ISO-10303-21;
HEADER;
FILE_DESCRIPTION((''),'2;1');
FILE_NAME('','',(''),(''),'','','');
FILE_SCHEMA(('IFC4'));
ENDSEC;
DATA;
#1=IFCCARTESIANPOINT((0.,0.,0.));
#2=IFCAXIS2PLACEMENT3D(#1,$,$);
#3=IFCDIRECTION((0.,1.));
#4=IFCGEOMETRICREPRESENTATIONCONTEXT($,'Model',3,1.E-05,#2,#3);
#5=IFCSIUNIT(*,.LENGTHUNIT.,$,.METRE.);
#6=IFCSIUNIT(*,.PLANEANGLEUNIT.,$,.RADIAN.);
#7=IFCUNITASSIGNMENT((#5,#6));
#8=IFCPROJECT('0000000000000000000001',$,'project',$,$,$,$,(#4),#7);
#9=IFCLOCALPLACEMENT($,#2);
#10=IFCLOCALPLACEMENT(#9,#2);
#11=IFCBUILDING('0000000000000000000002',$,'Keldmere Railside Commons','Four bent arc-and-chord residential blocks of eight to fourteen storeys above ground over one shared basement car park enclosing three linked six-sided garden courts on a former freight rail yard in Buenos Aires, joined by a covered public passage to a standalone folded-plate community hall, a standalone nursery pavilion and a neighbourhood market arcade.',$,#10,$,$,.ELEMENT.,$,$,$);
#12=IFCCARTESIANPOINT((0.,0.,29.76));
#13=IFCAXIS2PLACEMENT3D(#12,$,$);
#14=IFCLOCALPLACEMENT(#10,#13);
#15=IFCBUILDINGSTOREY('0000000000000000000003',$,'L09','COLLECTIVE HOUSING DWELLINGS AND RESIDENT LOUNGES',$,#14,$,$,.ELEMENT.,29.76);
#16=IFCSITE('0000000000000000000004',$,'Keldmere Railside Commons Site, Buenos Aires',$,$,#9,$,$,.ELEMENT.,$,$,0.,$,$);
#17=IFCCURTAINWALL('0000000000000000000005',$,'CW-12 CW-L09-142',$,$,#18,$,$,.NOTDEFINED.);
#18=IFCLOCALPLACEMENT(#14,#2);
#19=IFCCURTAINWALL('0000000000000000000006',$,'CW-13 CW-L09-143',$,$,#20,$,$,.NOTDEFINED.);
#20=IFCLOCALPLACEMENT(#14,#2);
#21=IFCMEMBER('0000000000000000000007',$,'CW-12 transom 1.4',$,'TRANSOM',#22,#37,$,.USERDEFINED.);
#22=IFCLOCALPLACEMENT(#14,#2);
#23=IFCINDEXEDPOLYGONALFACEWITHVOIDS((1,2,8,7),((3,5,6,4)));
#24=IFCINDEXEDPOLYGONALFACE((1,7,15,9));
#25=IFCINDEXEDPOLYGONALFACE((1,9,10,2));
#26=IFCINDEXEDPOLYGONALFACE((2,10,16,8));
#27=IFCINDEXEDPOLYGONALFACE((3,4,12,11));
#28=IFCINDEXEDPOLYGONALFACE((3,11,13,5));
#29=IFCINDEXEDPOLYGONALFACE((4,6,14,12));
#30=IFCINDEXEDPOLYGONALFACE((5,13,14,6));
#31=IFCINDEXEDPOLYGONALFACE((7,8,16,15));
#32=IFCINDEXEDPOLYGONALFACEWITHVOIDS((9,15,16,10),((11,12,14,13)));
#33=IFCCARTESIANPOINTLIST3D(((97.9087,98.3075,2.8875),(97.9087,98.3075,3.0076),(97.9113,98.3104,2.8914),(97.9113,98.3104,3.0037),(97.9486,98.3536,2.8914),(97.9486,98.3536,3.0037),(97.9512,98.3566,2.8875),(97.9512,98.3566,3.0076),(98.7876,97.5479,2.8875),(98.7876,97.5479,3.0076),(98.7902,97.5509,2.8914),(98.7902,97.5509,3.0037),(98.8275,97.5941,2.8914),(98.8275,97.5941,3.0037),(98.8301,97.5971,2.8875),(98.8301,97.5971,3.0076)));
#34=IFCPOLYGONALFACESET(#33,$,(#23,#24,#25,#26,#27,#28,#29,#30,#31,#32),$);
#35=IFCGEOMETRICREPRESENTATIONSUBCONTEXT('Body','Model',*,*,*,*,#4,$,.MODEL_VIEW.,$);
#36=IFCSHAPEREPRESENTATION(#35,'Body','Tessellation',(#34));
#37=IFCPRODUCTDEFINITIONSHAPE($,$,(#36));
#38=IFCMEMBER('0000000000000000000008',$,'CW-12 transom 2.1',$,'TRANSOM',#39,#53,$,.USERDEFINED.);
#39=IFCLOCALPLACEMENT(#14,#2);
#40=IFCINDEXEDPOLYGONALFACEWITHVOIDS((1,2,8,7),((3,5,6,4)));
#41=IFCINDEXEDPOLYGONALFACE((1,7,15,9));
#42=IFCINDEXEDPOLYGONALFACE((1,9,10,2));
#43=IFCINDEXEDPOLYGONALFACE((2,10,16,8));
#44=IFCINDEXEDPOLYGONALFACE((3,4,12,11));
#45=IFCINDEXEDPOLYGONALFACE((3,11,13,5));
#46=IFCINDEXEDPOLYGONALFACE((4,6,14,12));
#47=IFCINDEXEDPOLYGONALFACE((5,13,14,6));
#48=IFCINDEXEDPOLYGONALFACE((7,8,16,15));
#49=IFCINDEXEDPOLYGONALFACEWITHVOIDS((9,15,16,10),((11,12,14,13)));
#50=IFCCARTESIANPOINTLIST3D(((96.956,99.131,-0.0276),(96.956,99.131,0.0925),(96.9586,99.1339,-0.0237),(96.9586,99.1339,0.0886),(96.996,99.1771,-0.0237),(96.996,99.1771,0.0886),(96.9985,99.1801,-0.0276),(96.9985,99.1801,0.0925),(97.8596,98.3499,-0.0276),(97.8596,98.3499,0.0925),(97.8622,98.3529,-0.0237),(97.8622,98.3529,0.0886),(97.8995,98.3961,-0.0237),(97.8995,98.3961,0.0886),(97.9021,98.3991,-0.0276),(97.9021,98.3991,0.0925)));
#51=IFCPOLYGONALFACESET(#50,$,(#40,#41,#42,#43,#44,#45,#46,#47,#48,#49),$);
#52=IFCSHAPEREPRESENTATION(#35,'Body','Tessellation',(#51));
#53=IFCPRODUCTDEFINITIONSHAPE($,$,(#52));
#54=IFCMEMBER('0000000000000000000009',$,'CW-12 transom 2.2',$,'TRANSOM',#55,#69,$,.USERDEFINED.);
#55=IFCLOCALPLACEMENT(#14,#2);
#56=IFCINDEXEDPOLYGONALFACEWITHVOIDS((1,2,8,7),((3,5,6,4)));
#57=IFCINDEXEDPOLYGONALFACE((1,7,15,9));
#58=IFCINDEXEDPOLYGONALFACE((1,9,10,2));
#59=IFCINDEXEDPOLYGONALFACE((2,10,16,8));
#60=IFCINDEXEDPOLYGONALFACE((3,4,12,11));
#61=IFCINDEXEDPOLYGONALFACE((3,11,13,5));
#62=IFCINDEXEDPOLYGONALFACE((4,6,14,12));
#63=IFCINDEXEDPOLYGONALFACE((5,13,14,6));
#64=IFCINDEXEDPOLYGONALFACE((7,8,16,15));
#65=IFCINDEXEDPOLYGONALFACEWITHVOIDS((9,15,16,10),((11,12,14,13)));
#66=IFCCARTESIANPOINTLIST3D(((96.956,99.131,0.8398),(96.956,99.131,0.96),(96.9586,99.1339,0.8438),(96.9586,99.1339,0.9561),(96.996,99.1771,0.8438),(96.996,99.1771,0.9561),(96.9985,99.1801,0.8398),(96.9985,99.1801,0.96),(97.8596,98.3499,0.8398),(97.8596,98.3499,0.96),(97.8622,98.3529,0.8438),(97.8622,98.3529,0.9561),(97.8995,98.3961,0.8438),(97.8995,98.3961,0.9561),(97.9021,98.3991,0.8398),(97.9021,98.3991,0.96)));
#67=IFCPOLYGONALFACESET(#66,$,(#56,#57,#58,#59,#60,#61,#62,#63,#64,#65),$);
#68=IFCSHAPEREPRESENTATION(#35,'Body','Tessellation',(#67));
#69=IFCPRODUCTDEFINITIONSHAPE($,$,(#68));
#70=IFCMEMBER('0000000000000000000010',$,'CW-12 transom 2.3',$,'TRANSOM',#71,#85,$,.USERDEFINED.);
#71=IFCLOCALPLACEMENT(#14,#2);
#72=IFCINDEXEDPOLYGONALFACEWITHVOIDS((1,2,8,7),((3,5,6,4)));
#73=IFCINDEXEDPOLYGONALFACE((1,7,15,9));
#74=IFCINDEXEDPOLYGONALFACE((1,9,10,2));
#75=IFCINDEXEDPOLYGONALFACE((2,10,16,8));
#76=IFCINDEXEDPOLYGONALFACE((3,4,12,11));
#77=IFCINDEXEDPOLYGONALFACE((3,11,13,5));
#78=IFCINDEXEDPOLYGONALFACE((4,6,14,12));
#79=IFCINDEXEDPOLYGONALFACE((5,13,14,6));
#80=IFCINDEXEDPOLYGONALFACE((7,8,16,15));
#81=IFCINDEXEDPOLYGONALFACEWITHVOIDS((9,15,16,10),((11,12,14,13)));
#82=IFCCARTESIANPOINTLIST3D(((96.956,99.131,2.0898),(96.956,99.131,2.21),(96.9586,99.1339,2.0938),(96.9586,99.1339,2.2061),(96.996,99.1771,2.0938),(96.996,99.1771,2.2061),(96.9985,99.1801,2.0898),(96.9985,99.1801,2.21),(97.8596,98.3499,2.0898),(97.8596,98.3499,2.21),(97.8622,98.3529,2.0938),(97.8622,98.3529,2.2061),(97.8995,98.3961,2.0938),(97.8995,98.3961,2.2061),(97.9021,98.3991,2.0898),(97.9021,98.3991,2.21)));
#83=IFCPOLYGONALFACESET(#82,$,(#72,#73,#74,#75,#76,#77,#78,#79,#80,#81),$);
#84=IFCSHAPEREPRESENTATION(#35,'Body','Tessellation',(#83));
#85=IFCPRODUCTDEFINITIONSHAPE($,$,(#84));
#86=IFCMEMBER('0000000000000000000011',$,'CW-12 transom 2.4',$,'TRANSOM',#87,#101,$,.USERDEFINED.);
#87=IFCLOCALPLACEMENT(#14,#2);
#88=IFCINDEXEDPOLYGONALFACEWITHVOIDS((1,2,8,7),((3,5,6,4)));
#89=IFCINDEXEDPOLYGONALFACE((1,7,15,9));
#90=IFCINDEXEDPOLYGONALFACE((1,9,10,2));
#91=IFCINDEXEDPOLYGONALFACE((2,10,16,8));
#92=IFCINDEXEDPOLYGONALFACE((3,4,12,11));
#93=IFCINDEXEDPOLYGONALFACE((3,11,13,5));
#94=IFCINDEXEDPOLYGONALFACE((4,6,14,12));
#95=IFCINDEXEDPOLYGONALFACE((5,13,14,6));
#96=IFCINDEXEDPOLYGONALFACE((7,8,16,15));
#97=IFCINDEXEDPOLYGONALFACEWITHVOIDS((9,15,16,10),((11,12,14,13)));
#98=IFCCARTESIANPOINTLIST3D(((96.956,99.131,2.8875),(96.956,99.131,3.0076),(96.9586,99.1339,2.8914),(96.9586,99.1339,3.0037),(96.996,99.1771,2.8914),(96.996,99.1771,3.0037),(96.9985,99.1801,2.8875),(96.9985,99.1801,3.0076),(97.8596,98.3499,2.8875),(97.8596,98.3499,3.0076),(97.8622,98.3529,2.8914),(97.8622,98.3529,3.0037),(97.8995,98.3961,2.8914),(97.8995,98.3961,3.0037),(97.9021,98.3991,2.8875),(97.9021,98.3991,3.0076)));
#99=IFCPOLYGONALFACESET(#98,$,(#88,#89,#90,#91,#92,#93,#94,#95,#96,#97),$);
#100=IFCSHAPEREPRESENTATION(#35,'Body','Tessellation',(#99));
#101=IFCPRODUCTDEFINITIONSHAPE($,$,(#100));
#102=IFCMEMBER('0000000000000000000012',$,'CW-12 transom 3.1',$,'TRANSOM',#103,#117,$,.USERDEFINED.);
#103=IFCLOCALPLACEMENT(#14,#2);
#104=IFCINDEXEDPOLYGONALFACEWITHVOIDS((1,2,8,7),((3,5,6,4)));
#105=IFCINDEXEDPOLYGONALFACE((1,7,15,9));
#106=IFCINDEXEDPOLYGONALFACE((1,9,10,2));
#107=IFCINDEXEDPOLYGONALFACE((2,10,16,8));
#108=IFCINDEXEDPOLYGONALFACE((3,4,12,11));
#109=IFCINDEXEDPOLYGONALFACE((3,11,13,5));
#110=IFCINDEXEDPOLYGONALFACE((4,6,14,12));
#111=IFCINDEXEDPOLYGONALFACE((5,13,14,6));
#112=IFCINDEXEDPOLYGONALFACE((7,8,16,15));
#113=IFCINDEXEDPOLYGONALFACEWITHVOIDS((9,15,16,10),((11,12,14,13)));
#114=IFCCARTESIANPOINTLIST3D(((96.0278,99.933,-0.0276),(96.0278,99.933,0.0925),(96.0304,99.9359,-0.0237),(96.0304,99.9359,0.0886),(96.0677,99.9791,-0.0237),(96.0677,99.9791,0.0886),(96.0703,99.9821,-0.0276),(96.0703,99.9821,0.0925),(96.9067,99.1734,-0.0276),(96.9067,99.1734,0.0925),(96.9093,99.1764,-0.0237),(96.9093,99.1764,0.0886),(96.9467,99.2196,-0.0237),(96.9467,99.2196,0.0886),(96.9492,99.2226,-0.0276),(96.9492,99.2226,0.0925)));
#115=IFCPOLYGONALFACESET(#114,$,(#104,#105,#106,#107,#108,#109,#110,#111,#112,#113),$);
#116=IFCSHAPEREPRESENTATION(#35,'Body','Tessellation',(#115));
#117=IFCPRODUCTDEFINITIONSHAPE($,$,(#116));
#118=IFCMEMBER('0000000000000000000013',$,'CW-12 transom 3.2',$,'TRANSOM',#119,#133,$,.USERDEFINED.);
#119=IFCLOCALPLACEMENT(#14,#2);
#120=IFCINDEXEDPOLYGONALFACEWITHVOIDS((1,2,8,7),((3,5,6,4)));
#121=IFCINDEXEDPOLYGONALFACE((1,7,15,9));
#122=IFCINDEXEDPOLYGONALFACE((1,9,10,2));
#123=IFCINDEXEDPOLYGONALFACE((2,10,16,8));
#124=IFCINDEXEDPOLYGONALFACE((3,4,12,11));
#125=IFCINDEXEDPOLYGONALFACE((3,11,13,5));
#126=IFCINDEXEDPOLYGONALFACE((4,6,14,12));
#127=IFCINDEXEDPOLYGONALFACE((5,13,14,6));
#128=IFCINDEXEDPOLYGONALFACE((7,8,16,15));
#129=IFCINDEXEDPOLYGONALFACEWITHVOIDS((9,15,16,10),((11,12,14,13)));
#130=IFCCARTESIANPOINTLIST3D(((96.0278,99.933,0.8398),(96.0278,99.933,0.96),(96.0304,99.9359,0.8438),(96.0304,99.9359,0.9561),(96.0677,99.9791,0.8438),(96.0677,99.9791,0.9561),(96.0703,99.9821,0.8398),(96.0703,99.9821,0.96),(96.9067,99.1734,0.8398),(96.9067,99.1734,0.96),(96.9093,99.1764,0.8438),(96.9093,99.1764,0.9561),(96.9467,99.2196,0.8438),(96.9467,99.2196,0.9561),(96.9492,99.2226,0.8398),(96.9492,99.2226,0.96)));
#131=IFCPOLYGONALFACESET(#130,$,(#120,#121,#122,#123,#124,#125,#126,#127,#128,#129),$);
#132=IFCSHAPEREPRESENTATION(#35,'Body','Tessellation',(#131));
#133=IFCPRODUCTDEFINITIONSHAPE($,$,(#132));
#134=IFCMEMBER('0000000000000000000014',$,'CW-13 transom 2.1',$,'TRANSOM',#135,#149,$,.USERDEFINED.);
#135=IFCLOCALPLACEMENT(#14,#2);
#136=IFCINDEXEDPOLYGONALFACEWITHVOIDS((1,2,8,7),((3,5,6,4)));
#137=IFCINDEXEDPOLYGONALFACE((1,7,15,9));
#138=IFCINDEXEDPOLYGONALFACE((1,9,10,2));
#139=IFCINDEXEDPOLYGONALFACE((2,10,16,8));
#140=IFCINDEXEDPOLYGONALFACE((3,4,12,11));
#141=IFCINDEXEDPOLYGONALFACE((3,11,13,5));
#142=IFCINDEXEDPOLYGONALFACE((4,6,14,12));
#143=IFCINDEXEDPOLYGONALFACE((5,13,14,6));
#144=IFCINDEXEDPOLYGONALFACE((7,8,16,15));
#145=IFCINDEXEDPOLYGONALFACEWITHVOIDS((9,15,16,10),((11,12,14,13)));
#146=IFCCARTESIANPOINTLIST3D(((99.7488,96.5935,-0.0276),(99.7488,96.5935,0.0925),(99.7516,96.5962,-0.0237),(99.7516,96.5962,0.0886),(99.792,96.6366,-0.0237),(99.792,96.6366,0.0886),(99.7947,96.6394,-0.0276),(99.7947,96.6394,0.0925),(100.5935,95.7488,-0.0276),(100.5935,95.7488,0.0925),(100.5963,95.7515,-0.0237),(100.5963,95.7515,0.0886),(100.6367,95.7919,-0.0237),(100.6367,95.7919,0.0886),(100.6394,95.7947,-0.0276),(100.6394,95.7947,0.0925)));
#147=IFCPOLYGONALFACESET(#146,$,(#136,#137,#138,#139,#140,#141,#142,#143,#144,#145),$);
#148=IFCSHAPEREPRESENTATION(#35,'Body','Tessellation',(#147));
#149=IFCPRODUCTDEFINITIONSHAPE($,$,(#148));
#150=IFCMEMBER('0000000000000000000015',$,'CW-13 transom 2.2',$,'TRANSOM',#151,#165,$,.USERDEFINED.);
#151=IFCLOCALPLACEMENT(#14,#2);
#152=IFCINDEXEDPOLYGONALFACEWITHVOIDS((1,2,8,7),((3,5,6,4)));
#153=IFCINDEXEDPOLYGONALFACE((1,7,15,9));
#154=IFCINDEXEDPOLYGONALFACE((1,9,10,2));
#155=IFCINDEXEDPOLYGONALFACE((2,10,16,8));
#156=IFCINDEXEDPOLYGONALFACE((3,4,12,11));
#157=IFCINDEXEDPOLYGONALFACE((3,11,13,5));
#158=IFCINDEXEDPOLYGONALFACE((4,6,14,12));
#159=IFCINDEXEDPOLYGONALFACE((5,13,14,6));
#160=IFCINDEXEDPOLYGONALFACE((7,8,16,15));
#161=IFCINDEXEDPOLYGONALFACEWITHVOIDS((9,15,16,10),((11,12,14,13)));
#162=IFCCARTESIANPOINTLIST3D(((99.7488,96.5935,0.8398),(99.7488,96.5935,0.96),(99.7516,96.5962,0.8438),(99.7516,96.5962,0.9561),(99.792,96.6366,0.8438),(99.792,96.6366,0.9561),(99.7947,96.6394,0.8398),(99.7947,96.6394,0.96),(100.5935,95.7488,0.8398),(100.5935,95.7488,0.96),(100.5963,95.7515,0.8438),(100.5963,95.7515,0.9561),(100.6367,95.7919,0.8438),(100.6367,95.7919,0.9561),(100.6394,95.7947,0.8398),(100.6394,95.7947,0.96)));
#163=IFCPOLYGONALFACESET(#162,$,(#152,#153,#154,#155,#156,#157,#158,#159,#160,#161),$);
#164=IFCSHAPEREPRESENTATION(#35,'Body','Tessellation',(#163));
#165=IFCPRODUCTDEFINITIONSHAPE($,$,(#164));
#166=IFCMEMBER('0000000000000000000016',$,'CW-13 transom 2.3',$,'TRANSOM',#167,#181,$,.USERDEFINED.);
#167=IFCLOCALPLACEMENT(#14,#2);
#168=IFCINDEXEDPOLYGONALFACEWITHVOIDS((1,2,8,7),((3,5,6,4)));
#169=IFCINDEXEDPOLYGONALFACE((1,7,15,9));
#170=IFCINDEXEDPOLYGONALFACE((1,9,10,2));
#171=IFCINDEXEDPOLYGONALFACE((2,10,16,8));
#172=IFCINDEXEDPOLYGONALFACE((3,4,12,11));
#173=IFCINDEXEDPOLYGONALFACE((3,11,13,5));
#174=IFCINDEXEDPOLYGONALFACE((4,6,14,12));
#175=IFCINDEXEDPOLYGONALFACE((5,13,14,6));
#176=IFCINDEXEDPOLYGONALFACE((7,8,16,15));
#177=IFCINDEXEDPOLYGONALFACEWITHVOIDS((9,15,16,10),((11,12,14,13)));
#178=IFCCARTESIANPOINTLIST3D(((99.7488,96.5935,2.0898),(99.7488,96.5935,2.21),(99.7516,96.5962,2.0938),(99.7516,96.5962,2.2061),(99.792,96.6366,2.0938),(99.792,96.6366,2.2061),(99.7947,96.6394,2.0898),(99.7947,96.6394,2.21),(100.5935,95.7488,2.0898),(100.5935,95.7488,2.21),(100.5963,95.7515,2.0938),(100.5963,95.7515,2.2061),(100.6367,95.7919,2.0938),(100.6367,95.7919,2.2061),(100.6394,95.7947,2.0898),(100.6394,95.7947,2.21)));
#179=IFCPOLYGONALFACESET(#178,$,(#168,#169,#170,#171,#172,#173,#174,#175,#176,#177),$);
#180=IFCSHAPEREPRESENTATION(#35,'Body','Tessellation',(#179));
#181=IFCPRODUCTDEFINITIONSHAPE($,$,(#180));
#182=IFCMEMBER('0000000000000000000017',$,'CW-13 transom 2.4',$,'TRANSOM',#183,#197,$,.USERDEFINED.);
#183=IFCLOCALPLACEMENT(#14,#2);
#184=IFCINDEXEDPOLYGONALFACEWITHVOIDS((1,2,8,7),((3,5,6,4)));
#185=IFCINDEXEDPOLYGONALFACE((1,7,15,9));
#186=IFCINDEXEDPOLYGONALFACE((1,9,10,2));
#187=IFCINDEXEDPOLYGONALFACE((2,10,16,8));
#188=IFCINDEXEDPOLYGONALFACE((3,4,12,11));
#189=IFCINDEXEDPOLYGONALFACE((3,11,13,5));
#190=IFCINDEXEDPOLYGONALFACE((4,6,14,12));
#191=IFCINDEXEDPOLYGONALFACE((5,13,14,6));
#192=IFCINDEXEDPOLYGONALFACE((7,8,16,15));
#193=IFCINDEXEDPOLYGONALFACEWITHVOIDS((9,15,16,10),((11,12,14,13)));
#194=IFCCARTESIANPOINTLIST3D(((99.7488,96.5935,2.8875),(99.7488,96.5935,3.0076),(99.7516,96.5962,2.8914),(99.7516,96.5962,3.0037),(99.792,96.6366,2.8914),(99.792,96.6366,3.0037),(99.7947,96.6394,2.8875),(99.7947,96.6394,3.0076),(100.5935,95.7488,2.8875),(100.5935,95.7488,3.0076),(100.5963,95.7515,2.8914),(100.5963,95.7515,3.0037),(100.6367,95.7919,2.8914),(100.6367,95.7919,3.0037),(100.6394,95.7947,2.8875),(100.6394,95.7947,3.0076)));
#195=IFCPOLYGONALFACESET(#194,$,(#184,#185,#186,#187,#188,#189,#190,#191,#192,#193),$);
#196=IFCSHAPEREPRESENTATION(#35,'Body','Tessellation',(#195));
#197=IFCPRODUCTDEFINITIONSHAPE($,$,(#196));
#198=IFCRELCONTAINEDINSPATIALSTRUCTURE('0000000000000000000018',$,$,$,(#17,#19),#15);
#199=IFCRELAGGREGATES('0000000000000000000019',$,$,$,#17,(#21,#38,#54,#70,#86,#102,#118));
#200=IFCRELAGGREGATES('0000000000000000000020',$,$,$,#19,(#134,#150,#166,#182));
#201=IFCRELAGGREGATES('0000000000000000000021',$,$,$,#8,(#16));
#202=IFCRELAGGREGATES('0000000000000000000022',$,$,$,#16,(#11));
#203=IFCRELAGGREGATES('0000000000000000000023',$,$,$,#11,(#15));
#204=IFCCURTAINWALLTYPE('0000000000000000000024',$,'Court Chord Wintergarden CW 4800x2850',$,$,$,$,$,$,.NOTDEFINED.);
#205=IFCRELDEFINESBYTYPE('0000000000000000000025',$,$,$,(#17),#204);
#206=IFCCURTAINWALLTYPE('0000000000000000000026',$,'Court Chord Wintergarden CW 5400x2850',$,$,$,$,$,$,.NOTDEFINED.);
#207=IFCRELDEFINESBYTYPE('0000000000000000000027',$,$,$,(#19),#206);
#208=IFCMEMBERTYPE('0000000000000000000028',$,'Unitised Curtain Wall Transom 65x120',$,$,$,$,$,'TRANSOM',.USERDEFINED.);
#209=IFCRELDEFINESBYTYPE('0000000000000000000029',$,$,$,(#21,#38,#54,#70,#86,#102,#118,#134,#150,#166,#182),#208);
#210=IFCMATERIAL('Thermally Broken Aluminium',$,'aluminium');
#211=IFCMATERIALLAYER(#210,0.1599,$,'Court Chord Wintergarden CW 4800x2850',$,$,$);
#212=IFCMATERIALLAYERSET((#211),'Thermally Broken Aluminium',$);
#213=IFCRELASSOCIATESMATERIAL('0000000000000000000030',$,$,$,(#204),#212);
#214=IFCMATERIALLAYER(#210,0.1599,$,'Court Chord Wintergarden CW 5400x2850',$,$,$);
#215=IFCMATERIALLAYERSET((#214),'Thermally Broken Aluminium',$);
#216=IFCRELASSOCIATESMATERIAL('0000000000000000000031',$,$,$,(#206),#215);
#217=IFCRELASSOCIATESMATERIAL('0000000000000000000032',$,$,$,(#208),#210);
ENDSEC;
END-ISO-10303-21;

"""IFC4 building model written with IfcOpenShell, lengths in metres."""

from ifc_helpers import new_model, si_unit, direction, frame, origin, origin_2d, place, context, subcontext, project, spatial, hollow_rectangle, extrude, material, layer, layer_set, material_profile, profile_set, type_object, element, aggregate, save


model = new_model("IFC4")

# Units and contexts
model_context = context("Model", 3, precision=1e-05, world=origin(), true_north=direction((0.0, 1.0)))
body_context = subcontext(model_context, "Body", "Model", "MODEL_VIEW")
ifc_project = project(units=[si_unit("LENGTHUNIT", "METRE"), si_unit("PLANEANGLEUNIT", "RADIAN")], contexts=[model_context])

# Site, building, storey
site_placement = place(None, origin())
site = spatial("IfcSite", under=ifc_project, at=site_placement, Name="Keldmere Railside Commons Site, Buenos Aires", CompositionType="ELEMENT", RefElevation=0.0)
building_placement = place(site_placement, origin())
building = spatial("IfcBuilding", under=site, at=building_placement, Name="Keldmere Railside Commons", Description="Four bent arc-and-chord residential blocks of eight to fourteen storeys above ground over one shared basement car park enclosing three linked six-sided garden courts on a former freight rail yard in Buenos Aires, joined by a covered public passage to a standalone folded-plate community hall, a standalone nursery pavilion and a neighbourhood market arcade.", CompositionType="ELEMENT")
storey_placement = place(building_placement, frame((0.0, 0.0, 29.76)))
storey = spatial("IfcBuildingStorey", under=building, at=storey_placement, Name="L09", Description="COLLECTIVE HOUSING DWELLINGS AND RESIDENT LOUNGES", CompositionType="ELEMENT", Elevation=29.76)

# Curtain walls
ifc_material_1 = material(Name="Thermally Broken Aluminium", Category="aluminium")
ifc_layer_1 = layer(ifc_material_1, 0.1599, Name="Court Chord Wintergarden CW 4800x2850")
ifc_layer_set_1 = layer_set([ifc_layer_1], Name="Thermally Broken Aluminium")
curtain_wall_type_1 = type_object("IfcCurtainWallType", Name="Court Chord Wintergarden CW 4800x2850", PredefinedType="NOTDEFINED", material=ifc_layer_set_1)
curtain_wall_1_placement = place(storey_placement, origin())
curtain_wall_1 = element("IfcCurtainWall", 1, at=curtain_wall_1_placement, inside=storey, type_object=curtain_wall_type_1, Name="CW-12 CW-L09-142", PredefinedType="NOTDEFINED")
ifc_layer_2 = layer(ifc_material_1, 0.1599, Name="Court Chord Wintergarden CW 5400x2850")
ifc_layer_set_2 = layer_set([ifc_layer_2], Name="Thermally Broken Aluminium")
curtain_wall_type_2 = type_object("IfcCurtainWallType", Name="Court Chord Wintergarden CW 5400x2850", PredefinedType="NOTDEFINED", material=ifc_layer_set_2)
curtain_wall_2_placement = place(storey_placement, origin())
curtain_wall_2 = element("IfcCurtainWall", 2, at=curtain_wall_2_placement, inside=storey, type_object=curtain_wall_type_2, Name="CW-13 CW-L09-143", PredefinedType="NOTDEFINED")

# Members
ifc_material_profile_1 = material_profile(ifc_material_1, hollow_rectangle(XDim=0.0649, YDim=0.1201, WallThickness=0.0039, at=origin_2d()), Name="ALU-TRAN-65x120")
ifc_profile_set_1 = profile_set([ifc_material_profile_1], Name="Thermally Broken Aluminium")
member_type_1 = type_object("IfcMemberType", Name="Unitised Curtain Wall Transom 65x120", ElementType="TRANSOM", PredefinedType="USERDEFINED", material=ifc_profile_set_1)
member_1_placement = place(storey_placement, frame((98.8088, 97.5725, 2.9475), z_axis=(-0.756624, 0.65385, 0.0), x_axis=(-0.65385, -0.756624, 0.0)))
member_1 = element("IfcMember", 3, at=member_1_placement, type_object=member_type_1, Name="CW-12 transom 1.4", ObjectType="TRANSOM", PredefinedType="USERDEFINED", context=body_context, shape_type="SweptSolid", body=[
    extrude(hollow_rectangle(XDim=0.0649, YDim=0.1201, WallThickness=0.0039, at=origin_2d()), origin(), (0.0, 0.0, 1.0), 1.1616),
])
member_2_placement = place(storey_placement, frame((97.8809, 98.3745, 0.0325), z_axis=(-0.756552, 0.653934, 0.0), x_axis=(-0.653934, -0.756552, 0.0)))
member_2 = element("IfcMember", 4, at=member_2_placement, type_object=member_type_1, Name="CW-12 transom 2.1", ObjectType="TRANSOM", PredefinedType="USERDEFINED", context=body_context, shape_type="SweptSolid", body=[
    extrude(hollow_rectangle(XDim=0.0649, YDim=0.1201, WallThickness=0.0039, at=origin_2d()), origin(), (0.0, 0.0, 1.0), 1.1943),
])
member_3_placement = place(storey_placement, frame((97.8809, 98.3745, 0.8999), z_axis=(-0.756552, 0.653934, 0.0), x_axis=(-0.653934, -0.756552, 0.0)))
member_3 = element("IfcMember", 5, at=member_3_placement, type_object=member_type_1, Name="CW-12 transom 2.2", ObjectType="TRANSOM", PredefinedType="USERDEFINED", context=body_context, shape_type="SweptSolid", body=[
    extrude(hollow_rectangle(XDim=0.0649, YDim=0.1201, WallThickness=0.0039, at=origin_2d()), origin(), (0.0, 0.0, 1.0), 1.1943),
])
member_4_placement = place(storey_placement, frame((97.8809, 98.3745, 2.1499), z_axis=(-0.756552, 0.653934, 0.0), x_axis=(-0.653934, -0.756552, 0.0)))
member_4 = element("IfcMember", 6, at=member_4_placement, type_object=member_type_1, Name="CW-12 transom 2.3", ObjectType="TRANSOM", PredefinedType="USERDEFINED", context=body_context, shape_type="SweptSolid", body=[
    extrude(hollow_rectangle(XDim=0.0649, YDim=0.1201, WallThickness=0.0039, at=origin_2d()), origin(), (0.0, 0.0, 1.0), 1.1943),
])
member_5_placement = place(storey_placement, frame((97.8809, 98.3745, 2.9475), z_axis=(-0.756552, 0.653934, 0.0), x_axis=(-0.653934, -0.756552, 0.0)))
member_5 = element("IfcMember", 7, at=member_5_placement, type_object=member_type_1, Name="CW-12 transom 2.4", ObjectType="TRANSOM", PredefinedType="USERDEFINED", context=body_context, shape_type="SweptSolid", body=[
    extrude(hollow_rectangle(XDim=0.0649, YDim=0.1201, WallThickness=0.0039, at=origin_2d()), origin(), (0.0, 0.0, 1.0), 1.1943),
])
member_6_placement = place(storey_placement, frame((96.928, 99.198, 0.0325), z_axis=(-0.756624, 0.65385, 0.0), x_axis=(-0.65385, -0.756624, 0.0)))
member_6 = element("IfcMember", 8, at=member_6_placement, type_object=member_type_1, Name="CW-12 transom 3.1", ObjectType="TRANSOM", PredefinedType="USERDEFINED", context=body_context, shape_type="SweptSolid", body=[
    extrude(hollow_rectangle(XDim=0.0649, YDim=0.1201, WallThickness=0.0039, at=origin_2d()), origin(), (0.0, 0.0, 1.0), 1.1616),
])
member_7_placement = place(storey_placement, frame((96.928, 99.198, 0.8999), z_axis=(-0.756624, 0.65385, 0.0), x_axis=(-0.65385, -0.756624, 0.0)))
member_7 = element("IfcMember", 9, at=member_7_placement, type_object=member_type_1, Name="CW-12 transom 3.2", ObjectType="TRANSOM", PredefinedType="USERDEFINED", context=body_context, shape_type="SweptSolid", body=[
    extrude(hollow_rectangle(XDim=0.0649, YDim=0.1201, WallThickness=0.0039, at=origin_2d()), origin(), (0.0, 0.0, 1.0), 1.1616),
])
member_8_placement = place(storey_placement, frame((100.6165, 95.7717, 0.0325), z_axis=(-0.707107, 0.707107, 0.0), x_axis=(-0.707107, -0.707107, 0.0)))
member_8 = element("IfcMember", 10, at=member_8_placement, type_object=member_type_1, Name="CW-13 transom 2.1", ObjectType="TRANSOM", PredefinedType="USERDEFINED", context=body_context, shape_type="SweptSolid", body=[
    extrude(hollow_rectangle(XDim=0.0649, YDim=0.1201, WallThickness=0.0039, at=origin_2d()), origin(), (0.0, 0.0, 1.0), 1.1946),
])
member_9_placement = place(storey_placement, frame((100.6165, 95.7717, 0.8999), z_axis=(-0.707107, 0.707107, 0.0), x_axis=(-0.707107, -0.707107, 0.0)))
member_9 = element("IfcMember", 11, at=member_9_placement, type_object=member_type_1, Name="CW-13 transom 2.2", ObjectType="TRANSOM", PredefinedType="USERDEFINED", context=body_context, shape_type="SweptSolid", body=[
    extrude(hollow_rectangle(XDim=0.0649, YDim=0.1201, WallThickness=0.0039, at=origin_2d()), origin(), (0.0, 0.0, 1.0), 1.1946),
])
member_10_placement = place(storey_placement, frame((100.6165, 95.7717, 2.1499), z_axis=(-0.707107, 0.707107, 0.0), x_axis=(-0.707107, -0.707107, 0.0)))
member_10 = element("IfcMember", 12, at=member_10_placement, type_object=member_type_1, Name="CW-13 transom 2.3", ObjectType="TRANSOM", PredefinedType="USERDEFINED", context=body_context, shape_type="SweptSolid", body=[
    extrude(hollow_rectangle(XDim=0.0649, YDim=0.1201, WallThickness=0.0039, at=origin_2d()), origin(), (0.0, 0.0, 1.0), 1.1946),
])
member_11_placement = place(storey_placement, frame((100.6165, 95.7717, 2.9475), z_axis=(-0.707107, 0.707107, 0.0), x_axis=(-0.707107, -0.707107, 0.0)))
member_11 = element("IfcMember", 13, at=member_11_placement, type_object=member_type_1, Name="CW-13 transom 2.4", ObjectType="TRANSOM", PredefinedType="USERDEFINED", context=body_context, shape_type="SweptSolid", body=[
    extrude(hollow_rectangle(XDim=0.0649, YDim=0.1201, WallThickness=0.0039, at=origin_2d()), origin(), (0.0, 0.0, 1.0), 1.1946),
])

aggregate(curtain_wall_1, [member_1, member_2, member_3, member_4, member_5, member_6, member_7])
aggregate(curtain_wall_2, [member_8, member_9, member_10, member_11])

save(model, "model.ifc")
